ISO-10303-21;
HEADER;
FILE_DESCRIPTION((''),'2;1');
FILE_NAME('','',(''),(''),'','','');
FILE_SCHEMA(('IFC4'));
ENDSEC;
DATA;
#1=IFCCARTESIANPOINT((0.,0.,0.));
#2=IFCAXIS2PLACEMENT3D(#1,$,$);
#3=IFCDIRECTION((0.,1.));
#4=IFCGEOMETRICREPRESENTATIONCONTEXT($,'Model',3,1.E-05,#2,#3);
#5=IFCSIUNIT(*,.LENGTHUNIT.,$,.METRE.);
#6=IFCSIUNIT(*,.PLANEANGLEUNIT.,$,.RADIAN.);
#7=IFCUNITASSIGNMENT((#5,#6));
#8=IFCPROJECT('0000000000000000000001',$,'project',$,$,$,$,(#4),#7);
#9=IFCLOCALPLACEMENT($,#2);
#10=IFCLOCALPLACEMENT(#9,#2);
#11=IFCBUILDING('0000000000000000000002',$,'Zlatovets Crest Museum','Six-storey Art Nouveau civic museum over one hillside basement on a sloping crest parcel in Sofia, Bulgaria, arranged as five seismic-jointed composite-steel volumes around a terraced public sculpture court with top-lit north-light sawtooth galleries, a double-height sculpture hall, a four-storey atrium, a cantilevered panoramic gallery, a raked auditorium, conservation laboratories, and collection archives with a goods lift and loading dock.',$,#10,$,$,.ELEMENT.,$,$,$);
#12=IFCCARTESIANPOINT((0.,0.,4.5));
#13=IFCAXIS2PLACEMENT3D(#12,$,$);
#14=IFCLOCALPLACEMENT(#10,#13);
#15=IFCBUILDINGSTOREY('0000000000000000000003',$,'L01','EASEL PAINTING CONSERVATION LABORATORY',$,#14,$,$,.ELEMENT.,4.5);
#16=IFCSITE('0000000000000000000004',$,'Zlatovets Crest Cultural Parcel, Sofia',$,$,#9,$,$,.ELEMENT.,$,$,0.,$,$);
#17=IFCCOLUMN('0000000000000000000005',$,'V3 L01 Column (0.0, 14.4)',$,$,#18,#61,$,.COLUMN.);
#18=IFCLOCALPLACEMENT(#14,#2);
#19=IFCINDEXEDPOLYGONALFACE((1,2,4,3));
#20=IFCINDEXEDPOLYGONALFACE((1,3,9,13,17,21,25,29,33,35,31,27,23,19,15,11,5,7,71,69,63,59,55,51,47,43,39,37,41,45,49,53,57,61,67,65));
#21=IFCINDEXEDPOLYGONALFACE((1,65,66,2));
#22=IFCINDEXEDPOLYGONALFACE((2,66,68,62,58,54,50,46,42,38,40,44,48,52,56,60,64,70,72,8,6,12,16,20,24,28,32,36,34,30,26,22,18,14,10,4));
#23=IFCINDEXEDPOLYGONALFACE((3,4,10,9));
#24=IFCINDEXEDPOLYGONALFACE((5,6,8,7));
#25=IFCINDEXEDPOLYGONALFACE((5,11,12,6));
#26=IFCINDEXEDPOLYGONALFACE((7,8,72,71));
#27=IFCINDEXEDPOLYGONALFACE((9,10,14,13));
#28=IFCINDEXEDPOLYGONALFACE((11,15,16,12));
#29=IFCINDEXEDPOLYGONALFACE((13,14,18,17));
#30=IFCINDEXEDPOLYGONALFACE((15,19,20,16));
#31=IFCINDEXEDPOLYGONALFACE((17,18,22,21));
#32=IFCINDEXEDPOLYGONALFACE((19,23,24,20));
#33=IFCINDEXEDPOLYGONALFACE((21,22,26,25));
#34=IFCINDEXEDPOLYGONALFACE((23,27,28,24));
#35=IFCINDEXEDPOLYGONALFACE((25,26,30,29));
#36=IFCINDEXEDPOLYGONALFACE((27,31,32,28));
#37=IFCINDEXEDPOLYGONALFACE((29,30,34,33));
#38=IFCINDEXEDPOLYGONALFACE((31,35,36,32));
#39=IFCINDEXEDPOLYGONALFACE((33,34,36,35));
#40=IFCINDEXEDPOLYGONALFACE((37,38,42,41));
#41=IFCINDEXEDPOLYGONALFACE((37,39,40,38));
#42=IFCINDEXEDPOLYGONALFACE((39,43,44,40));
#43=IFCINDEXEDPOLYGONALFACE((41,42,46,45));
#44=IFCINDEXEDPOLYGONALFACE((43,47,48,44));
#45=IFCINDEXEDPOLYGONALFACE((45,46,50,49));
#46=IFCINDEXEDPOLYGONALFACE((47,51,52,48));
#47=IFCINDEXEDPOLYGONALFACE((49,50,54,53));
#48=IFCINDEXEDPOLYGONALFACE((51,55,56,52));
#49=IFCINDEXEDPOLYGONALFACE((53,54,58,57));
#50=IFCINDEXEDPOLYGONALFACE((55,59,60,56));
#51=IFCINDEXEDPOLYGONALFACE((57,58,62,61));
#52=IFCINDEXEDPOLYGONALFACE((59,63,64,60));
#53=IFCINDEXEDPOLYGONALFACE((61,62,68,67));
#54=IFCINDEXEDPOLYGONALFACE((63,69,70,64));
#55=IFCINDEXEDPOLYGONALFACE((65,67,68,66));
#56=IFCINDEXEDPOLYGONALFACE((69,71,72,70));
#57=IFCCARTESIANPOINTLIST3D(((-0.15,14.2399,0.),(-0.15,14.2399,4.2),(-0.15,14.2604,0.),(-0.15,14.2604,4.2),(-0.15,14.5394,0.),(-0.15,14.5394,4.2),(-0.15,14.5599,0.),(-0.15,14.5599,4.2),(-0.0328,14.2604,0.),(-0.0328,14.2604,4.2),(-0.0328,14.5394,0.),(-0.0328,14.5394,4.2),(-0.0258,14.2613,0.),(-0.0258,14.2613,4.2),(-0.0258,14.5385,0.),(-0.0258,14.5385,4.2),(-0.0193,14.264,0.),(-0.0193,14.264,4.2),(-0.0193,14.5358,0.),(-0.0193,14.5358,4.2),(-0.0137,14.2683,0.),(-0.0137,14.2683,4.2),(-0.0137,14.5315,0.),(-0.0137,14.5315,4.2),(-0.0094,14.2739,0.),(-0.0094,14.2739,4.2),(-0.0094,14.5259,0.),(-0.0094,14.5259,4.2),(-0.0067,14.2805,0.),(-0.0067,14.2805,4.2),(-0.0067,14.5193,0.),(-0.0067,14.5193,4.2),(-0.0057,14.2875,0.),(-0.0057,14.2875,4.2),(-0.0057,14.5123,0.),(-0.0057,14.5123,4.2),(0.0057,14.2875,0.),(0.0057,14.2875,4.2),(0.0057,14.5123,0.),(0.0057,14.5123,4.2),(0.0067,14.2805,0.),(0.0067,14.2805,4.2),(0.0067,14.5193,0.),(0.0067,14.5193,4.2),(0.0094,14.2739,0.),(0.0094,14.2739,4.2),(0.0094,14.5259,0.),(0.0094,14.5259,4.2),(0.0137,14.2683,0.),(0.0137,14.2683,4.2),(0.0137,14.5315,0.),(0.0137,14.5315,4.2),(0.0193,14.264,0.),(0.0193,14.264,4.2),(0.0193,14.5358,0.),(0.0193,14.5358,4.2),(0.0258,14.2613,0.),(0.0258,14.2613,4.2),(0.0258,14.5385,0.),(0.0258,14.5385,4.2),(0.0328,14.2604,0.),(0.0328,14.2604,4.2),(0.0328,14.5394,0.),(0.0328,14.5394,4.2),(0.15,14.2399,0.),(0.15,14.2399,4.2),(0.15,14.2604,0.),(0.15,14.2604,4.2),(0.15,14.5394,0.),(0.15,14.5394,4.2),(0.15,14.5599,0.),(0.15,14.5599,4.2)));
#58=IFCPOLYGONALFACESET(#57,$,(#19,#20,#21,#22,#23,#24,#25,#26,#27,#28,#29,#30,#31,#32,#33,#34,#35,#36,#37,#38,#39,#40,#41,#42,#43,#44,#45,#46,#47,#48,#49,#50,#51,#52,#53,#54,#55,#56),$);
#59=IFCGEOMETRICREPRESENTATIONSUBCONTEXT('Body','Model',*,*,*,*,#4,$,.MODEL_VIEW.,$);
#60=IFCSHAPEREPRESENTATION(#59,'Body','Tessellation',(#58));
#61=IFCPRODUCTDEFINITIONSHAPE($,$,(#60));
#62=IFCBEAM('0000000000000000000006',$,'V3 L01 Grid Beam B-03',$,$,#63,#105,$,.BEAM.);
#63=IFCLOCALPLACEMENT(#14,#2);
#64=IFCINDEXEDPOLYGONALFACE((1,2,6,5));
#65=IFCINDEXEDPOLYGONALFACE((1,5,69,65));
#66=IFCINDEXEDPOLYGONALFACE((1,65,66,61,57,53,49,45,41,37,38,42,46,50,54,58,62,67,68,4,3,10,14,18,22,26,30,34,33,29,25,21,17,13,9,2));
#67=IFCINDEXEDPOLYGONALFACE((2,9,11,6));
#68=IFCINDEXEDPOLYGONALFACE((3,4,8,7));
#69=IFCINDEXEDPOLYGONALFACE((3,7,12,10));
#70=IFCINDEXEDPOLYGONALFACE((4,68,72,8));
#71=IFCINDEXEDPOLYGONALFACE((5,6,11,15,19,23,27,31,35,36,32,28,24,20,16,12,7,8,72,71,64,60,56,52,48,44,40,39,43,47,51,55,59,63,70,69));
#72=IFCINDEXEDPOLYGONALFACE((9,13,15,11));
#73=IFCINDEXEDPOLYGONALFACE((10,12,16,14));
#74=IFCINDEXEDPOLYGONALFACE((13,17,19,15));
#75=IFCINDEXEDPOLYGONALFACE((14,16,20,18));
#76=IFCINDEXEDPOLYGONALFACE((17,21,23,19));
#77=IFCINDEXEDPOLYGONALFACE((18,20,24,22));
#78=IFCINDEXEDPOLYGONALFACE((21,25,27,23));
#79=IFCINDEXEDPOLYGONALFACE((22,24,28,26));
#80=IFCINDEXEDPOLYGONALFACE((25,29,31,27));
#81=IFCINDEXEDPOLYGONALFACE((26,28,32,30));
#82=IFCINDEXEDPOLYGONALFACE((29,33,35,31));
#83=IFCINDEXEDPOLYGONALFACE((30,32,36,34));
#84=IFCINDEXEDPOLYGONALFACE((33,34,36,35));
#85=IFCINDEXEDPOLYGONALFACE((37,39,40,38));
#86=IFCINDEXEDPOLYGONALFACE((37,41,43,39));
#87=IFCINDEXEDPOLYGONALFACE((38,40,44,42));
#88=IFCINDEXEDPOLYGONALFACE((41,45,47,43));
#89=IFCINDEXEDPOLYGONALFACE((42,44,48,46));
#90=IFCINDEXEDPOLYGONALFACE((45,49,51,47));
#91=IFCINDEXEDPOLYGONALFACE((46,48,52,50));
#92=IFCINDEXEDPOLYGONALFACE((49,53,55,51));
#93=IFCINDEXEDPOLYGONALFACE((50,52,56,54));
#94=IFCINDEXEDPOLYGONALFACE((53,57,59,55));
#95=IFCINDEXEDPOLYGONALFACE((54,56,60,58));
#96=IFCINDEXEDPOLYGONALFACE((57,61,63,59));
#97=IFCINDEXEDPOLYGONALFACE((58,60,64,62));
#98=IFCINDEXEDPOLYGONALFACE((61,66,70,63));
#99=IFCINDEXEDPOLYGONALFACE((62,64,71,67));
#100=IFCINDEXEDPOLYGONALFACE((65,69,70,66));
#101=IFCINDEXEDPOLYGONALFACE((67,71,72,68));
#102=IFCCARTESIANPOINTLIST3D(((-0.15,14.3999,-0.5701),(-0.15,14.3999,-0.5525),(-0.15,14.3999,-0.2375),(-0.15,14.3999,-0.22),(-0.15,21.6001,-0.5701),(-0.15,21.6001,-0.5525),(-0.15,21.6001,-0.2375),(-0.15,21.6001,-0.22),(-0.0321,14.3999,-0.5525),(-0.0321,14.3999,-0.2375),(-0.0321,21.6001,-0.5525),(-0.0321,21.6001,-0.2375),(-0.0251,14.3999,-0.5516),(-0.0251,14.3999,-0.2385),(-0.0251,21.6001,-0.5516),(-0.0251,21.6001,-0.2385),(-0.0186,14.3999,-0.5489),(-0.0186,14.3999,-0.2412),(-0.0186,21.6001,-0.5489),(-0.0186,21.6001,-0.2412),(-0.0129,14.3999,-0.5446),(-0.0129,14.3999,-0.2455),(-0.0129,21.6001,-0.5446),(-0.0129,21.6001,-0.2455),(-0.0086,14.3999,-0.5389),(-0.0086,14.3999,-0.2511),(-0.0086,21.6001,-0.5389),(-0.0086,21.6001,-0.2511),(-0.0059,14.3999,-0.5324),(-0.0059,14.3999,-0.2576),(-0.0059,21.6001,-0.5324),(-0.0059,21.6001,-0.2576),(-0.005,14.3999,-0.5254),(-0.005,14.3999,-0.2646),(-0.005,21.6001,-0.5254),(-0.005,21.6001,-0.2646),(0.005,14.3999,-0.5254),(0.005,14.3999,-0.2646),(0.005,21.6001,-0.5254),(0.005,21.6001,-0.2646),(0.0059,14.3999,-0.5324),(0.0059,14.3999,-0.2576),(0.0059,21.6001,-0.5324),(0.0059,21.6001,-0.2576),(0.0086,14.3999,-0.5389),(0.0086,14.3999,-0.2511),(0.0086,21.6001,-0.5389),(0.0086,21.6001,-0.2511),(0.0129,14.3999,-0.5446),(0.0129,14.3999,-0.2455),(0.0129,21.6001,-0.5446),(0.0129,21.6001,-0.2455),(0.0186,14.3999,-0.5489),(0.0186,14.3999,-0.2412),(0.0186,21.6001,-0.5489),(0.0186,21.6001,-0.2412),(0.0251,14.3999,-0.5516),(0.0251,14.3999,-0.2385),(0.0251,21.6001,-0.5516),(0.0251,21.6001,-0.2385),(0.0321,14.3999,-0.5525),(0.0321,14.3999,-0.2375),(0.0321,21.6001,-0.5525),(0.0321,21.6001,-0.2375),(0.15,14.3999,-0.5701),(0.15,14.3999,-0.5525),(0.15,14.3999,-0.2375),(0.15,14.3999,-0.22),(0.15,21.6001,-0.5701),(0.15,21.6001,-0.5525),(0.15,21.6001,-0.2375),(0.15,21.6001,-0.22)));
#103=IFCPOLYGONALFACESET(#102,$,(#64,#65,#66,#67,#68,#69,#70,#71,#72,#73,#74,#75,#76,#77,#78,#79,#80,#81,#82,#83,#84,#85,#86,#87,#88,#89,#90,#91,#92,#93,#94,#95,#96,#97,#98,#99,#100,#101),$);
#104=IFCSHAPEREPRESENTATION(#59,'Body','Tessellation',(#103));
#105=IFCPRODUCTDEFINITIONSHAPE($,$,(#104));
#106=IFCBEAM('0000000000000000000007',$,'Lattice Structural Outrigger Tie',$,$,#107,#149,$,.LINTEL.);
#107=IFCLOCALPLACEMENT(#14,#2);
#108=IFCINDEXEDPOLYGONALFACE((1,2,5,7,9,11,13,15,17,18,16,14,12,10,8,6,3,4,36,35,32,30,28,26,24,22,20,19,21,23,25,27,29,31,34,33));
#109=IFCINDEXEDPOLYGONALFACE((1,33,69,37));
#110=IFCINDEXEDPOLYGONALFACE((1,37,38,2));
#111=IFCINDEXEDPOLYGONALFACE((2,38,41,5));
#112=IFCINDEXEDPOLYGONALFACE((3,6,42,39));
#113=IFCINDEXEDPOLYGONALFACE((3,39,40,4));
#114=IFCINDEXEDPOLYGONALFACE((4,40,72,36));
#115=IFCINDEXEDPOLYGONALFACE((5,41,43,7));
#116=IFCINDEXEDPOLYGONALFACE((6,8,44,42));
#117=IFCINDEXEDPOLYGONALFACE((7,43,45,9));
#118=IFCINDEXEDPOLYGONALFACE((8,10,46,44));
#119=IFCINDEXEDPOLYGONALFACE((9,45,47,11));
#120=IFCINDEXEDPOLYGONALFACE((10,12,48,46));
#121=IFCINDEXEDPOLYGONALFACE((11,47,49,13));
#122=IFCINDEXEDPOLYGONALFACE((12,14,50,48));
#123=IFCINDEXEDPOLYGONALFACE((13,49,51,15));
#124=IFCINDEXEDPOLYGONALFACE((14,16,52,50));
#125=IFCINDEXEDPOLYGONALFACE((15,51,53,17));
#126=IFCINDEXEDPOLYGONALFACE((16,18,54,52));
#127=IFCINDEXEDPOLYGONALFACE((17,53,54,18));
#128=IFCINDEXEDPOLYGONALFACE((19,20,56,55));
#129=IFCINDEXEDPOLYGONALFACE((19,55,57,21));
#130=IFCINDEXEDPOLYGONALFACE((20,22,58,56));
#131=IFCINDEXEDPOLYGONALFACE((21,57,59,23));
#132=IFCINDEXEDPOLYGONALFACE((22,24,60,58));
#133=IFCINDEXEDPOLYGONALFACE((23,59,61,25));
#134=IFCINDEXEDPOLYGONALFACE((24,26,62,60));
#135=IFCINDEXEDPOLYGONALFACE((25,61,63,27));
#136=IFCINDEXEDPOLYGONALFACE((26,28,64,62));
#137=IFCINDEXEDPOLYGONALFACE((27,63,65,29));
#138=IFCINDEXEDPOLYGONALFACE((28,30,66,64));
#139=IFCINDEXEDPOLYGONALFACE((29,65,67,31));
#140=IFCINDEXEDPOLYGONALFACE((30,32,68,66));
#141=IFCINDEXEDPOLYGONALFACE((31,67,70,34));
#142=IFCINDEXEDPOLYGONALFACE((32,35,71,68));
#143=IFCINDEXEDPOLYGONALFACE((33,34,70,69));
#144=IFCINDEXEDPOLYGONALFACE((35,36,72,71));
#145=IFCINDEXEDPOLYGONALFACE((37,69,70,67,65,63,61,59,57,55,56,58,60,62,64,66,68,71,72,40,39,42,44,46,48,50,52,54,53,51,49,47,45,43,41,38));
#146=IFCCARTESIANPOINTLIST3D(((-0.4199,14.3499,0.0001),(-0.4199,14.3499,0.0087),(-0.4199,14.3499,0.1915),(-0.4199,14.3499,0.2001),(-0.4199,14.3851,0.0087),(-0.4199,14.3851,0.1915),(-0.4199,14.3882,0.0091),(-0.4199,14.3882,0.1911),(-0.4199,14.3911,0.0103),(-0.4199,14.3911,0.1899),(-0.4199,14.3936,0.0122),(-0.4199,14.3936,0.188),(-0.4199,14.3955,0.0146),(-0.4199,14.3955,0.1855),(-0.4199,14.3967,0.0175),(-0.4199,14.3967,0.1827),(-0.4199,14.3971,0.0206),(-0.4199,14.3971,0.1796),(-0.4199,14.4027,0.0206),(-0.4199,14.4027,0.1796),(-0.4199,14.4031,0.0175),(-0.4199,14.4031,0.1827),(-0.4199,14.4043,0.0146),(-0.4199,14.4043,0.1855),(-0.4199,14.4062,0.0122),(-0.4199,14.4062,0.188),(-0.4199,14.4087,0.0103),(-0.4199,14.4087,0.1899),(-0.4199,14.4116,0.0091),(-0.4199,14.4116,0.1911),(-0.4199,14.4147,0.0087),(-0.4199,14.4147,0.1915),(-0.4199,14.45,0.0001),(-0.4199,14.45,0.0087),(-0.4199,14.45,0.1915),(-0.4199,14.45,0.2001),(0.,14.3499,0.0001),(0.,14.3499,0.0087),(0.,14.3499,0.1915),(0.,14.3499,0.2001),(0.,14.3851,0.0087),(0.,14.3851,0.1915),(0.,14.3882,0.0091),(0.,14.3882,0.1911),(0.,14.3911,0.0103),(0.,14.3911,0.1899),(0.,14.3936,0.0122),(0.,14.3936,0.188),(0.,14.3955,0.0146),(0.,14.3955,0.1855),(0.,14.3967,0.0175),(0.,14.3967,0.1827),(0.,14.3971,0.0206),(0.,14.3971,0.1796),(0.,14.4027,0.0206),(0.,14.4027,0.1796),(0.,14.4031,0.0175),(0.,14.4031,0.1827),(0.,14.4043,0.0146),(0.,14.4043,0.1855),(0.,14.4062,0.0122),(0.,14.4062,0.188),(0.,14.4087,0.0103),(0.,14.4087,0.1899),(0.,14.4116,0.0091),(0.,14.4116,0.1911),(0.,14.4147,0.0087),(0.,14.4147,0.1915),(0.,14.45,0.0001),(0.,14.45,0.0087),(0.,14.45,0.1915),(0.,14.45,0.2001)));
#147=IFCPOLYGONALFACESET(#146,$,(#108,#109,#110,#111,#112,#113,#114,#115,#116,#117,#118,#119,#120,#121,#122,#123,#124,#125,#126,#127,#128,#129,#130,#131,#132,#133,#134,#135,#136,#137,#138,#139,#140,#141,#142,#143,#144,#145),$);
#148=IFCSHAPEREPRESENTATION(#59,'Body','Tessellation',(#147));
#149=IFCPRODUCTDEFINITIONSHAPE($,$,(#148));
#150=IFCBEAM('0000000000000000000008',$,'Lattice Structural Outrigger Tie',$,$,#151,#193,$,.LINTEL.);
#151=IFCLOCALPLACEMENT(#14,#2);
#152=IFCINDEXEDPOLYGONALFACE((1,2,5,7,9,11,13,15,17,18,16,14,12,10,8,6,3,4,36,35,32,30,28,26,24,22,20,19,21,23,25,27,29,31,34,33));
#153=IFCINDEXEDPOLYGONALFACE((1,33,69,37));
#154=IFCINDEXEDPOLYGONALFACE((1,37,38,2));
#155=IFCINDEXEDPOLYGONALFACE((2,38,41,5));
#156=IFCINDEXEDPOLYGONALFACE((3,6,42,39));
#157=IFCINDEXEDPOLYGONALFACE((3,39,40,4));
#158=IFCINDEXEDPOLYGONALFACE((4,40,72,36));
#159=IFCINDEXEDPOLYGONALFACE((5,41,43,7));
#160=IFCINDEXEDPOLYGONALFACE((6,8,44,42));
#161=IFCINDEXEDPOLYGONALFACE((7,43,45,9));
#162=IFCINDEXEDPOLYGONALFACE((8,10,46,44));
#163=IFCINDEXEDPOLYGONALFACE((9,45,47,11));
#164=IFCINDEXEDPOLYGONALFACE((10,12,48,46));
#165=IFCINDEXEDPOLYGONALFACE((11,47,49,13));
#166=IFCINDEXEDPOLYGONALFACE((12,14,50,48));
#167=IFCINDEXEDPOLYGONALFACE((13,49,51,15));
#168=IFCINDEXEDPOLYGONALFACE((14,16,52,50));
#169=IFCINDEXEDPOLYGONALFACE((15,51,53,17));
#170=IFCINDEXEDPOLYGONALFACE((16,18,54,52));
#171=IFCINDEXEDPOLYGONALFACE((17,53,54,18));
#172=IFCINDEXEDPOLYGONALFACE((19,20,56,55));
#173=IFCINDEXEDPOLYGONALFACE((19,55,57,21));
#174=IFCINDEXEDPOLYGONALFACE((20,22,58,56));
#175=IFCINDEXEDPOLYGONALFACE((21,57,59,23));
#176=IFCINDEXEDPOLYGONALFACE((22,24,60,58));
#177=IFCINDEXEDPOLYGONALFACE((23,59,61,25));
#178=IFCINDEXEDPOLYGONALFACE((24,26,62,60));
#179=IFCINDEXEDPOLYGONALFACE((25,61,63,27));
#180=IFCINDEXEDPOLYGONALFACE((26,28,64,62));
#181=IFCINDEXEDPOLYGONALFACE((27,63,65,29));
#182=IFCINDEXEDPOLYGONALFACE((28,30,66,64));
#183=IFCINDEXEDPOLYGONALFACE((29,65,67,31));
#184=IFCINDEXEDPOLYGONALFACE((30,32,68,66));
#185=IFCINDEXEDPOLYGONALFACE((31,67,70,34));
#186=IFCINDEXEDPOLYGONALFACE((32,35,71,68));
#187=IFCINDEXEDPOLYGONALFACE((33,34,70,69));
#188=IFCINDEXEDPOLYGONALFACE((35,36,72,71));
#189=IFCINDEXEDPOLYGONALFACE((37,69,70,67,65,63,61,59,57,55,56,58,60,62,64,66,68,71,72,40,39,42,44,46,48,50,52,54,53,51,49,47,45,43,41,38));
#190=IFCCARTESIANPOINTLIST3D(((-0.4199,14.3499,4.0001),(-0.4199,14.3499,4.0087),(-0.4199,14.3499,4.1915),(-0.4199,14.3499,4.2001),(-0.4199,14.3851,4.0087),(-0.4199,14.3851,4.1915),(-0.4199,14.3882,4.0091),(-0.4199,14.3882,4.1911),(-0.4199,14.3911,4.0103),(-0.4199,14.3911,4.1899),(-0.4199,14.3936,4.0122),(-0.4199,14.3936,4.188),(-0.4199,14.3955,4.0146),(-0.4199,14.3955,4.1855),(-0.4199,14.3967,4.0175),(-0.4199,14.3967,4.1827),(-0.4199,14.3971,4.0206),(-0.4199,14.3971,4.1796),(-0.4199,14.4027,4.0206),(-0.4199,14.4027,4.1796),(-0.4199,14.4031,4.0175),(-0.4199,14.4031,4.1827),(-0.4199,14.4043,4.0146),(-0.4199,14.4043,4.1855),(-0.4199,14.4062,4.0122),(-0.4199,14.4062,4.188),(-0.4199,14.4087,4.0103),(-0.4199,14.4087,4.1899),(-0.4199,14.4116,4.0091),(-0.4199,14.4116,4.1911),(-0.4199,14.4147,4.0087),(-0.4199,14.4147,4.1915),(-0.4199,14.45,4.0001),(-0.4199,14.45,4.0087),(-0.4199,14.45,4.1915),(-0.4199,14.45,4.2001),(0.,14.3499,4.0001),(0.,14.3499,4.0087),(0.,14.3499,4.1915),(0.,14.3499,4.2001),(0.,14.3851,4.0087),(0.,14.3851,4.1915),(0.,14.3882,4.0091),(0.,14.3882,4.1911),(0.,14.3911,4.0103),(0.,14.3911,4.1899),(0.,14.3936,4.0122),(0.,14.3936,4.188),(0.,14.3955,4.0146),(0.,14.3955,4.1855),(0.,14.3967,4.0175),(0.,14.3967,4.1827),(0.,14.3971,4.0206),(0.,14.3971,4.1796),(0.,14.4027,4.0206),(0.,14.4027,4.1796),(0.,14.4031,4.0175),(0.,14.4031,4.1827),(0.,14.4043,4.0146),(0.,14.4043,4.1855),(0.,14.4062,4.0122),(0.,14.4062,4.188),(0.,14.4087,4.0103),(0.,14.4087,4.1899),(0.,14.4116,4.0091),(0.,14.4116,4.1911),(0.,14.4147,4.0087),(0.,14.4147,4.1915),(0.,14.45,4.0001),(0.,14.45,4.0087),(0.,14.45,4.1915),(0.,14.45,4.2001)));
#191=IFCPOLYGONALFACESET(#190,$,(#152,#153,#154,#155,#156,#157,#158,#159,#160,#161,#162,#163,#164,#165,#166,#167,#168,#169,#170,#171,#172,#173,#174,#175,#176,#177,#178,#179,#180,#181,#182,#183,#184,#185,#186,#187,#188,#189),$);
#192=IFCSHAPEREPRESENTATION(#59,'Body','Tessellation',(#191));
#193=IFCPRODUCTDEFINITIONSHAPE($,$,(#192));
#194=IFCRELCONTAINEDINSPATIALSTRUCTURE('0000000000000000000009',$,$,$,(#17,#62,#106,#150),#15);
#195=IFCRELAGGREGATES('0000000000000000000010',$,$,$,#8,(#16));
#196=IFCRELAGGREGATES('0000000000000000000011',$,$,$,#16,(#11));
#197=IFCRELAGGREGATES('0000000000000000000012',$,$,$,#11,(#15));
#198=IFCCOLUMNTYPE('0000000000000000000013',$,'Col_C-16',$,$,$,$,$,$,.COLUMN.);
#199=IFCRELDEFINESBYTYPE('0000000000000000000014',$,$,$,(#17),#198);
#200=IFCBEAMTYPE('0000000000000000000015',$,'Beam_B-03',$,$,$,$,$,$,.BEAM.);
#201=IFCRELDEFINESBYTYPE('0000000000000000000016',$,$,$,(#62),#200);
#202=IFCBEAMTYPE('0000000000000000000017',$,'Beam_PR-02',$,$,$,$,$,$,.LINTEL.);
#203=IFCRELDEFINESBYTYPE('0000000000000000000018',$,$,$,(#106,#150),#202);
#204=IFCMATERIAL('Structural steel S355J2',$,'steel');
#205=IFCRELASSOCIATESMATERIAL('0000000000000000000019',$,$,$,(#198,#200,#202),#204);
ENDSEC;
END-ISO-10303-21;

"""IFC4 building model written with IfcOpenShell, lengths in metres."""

from ifc_helpers import new_model, si_unit, direction, frame, origin, origin_2d, place, context, subcontext, project, spatial, i_section, extrude, material, material_profile, profile_set, type_object, element, save


model = new_model("IFC4")

# Units and contexts
model_context = context("Model", 3, precision=1e-05, world=origin(), true_north=direction((0.0, 1.0)))
body_context = subcontext(model_context, "Body", "Model", "MODEL_VIEW")
ifc_project = project(units=[si_unit("LENGTHUNIT", "METRE"), si_unit("PLANEANGLEUNIT", "RADIAN")], contexts=[model_context])

# Site, building, storey
site_placement = place(None, origin())
site = spatial("IfcSite", under=ifc_project, at=site_placement, Name="Zlatovets Crest Cultural Parcel, Sofia", CompositionType="ELEMENT", RefElevation=0.0)
building_placement = place(site_placement, origin())
building = spatial("IfcBuilding", under=site, at=building_placement, Name="Zlatovets Crest Museum", Description="Six-storey Art Nouveau civic museum over one hillside basement on a sloping crest parcel in Sofia, Bulgaria, arranged as five seismic-jointed composite-steel volumes around a terraced public sculpture court with top-lit north-light sawtooth galleries, a double-height sculpture hall, a four-storey atrium, a cantilevered panoramic gallery, a raked auditorium, conservation laboratories, and collection archives with a goods lift and loading dock.", CompositionType="ELEMENT")
storey_placement = place(building_placement, frame((0.0, 0.0, 4.5)))
storey = spatial("IfcBuildingStorey", under=building, at=storey_placement, Name="L01", Description="EASEL PAINTING CONSERVATION LABORATORY", CompositionType="ELEMENT", Elevation=4.5)

# Column
ifc_material_1 = material(Name="Structural steel S355J2", Category="steel")
ifc_material_profile_1 = material_profile(ifc_material_1, i_section(OverallWidth=0.3, OverallDepth=0.3201, WebThickness=0.0115, FlangeThickness=0.0205, FilletRadius=0.0271, at=origin_2d()), Name="HEB 320")
ifc_profile_set_1 = profile_set([ifc_material_profile_1], Name="Structural steel S355J2")
column_type = type_object("IfcColumnType", Name="Col_C-16", PredefinedType="COLUMN", material=ifc_profile_set_1)
column_placement = place(storey_placement, frame((0.0, 14.3999, 0.0), z_axis=(0.0, 0.0, 1.0), x_axis=(1.0, 0.0, 0.0)))
element("IfcColumn", 1, at=column_placement, inside=storey, type_object=column_type, Name="V3 L01 Column (0.0, 14.4)", PredefinedType="COLUMN", context=body_context, shape_type="SweptSolid", body=[
    extrude(i_section(OverallWidth=0.3, OverallDepth=0.3201, WebThickness=0.0115, FlangeThickness=0.0205, FilletRadius=0.0271, at=origin_2d()), origin(), (0.0, 0.0, 1.0), 4.2),
])

# Beams
ifc_material_profile_2 = material_profile(ifc_material_1, i_section(OverallWidth=0.3, OverallDepth=0.3501, WebThickness=0.01, FlangeThickness=0.0176, FilletRadius=0.0271, at=origin_2d()), Name="HEA 360")
ifc_profile_set_2 = profile_set([ifc_material_profile_2], Name="Structural steel S355J2")
beam_type_1 = type_object("IfcBeamType", Name="Beam_B-03", PredefinedType="BEAM", material=ifc_profile_set_2)
beam_placement = place(storey_placement, frame((0.0, 14.3999, -0.395), z_axis=(0.0, 1.0, 0.0), x_axis=(-1.0, 0.0, 0.0)))
element("IfcBeam", 2, at=beam_placement, inside=storey, type_object=beam_type_1, Name="V3 L01 Grid Beam B-03", PredefinedType="BEAM", context=body_context, shape_type="SweptSolid", body=[
    extrude(i_section(OverallWidth=0.3, OverallDepth=0.3501, WebThickness=0.01, FlangeThickness=0.0176, FilletRadius=0.0271, at=origin_2d()), origin(), (0.0, 0.0, 1.0), 7.2002),
])
ifc_material_profile_3 = material_profile(ifc_material_1, i_section(OverallWidth=0.1001, OverallDepth=0.2, WebThickness=0.0056, FlangeThickness=0.0085, FilletRadius=0.012, at=origin_2d()), Name="IPE 200")
ifc_profile_set_3 = profile_set([ifc_material_profile_3], Name="Structural steel S355J2")
beam_type_2 = type_object("IfcBeamType", Name="Beam_PR-02", PredefinedType="LINTEL", material=ifc_profile_set_3)
for number, where, z_axis, x_axis, name in (
    (3, (0.0, 14.3999, 0.1001), (-1.0, 0.0, 0.0), (0.0, -1.0, 0.0), "Lattice Structural Outrigger Tie"),
    (4, (0.0, 14.3999, 4.1001), (-1.0, 0.0, 0.0), (0.0, -1.0, 0.0), "Lattice Structural Outrigger Tie"),
):
    element("IfcBeam", number, at=place(storey_placement, frame(where, z_axis=z_axis, x_axis=x_axis)), inside=storey, type_object=beam_type_2, Name=name, PredefinedType="LINTEL", context=body_context, shape_type="SweptSolid", body=[
        extrude(i_section(OverallWidth=0.1001, OverallDepth=0.2, WebThickness=0.0056, FlangeThickness=0.0085, FilletRadius=0.012, at=origin_2d()), origin(), (0.0, 0.0, 1.0), 0.4199),
    ])

save(model, "model.ifc")
